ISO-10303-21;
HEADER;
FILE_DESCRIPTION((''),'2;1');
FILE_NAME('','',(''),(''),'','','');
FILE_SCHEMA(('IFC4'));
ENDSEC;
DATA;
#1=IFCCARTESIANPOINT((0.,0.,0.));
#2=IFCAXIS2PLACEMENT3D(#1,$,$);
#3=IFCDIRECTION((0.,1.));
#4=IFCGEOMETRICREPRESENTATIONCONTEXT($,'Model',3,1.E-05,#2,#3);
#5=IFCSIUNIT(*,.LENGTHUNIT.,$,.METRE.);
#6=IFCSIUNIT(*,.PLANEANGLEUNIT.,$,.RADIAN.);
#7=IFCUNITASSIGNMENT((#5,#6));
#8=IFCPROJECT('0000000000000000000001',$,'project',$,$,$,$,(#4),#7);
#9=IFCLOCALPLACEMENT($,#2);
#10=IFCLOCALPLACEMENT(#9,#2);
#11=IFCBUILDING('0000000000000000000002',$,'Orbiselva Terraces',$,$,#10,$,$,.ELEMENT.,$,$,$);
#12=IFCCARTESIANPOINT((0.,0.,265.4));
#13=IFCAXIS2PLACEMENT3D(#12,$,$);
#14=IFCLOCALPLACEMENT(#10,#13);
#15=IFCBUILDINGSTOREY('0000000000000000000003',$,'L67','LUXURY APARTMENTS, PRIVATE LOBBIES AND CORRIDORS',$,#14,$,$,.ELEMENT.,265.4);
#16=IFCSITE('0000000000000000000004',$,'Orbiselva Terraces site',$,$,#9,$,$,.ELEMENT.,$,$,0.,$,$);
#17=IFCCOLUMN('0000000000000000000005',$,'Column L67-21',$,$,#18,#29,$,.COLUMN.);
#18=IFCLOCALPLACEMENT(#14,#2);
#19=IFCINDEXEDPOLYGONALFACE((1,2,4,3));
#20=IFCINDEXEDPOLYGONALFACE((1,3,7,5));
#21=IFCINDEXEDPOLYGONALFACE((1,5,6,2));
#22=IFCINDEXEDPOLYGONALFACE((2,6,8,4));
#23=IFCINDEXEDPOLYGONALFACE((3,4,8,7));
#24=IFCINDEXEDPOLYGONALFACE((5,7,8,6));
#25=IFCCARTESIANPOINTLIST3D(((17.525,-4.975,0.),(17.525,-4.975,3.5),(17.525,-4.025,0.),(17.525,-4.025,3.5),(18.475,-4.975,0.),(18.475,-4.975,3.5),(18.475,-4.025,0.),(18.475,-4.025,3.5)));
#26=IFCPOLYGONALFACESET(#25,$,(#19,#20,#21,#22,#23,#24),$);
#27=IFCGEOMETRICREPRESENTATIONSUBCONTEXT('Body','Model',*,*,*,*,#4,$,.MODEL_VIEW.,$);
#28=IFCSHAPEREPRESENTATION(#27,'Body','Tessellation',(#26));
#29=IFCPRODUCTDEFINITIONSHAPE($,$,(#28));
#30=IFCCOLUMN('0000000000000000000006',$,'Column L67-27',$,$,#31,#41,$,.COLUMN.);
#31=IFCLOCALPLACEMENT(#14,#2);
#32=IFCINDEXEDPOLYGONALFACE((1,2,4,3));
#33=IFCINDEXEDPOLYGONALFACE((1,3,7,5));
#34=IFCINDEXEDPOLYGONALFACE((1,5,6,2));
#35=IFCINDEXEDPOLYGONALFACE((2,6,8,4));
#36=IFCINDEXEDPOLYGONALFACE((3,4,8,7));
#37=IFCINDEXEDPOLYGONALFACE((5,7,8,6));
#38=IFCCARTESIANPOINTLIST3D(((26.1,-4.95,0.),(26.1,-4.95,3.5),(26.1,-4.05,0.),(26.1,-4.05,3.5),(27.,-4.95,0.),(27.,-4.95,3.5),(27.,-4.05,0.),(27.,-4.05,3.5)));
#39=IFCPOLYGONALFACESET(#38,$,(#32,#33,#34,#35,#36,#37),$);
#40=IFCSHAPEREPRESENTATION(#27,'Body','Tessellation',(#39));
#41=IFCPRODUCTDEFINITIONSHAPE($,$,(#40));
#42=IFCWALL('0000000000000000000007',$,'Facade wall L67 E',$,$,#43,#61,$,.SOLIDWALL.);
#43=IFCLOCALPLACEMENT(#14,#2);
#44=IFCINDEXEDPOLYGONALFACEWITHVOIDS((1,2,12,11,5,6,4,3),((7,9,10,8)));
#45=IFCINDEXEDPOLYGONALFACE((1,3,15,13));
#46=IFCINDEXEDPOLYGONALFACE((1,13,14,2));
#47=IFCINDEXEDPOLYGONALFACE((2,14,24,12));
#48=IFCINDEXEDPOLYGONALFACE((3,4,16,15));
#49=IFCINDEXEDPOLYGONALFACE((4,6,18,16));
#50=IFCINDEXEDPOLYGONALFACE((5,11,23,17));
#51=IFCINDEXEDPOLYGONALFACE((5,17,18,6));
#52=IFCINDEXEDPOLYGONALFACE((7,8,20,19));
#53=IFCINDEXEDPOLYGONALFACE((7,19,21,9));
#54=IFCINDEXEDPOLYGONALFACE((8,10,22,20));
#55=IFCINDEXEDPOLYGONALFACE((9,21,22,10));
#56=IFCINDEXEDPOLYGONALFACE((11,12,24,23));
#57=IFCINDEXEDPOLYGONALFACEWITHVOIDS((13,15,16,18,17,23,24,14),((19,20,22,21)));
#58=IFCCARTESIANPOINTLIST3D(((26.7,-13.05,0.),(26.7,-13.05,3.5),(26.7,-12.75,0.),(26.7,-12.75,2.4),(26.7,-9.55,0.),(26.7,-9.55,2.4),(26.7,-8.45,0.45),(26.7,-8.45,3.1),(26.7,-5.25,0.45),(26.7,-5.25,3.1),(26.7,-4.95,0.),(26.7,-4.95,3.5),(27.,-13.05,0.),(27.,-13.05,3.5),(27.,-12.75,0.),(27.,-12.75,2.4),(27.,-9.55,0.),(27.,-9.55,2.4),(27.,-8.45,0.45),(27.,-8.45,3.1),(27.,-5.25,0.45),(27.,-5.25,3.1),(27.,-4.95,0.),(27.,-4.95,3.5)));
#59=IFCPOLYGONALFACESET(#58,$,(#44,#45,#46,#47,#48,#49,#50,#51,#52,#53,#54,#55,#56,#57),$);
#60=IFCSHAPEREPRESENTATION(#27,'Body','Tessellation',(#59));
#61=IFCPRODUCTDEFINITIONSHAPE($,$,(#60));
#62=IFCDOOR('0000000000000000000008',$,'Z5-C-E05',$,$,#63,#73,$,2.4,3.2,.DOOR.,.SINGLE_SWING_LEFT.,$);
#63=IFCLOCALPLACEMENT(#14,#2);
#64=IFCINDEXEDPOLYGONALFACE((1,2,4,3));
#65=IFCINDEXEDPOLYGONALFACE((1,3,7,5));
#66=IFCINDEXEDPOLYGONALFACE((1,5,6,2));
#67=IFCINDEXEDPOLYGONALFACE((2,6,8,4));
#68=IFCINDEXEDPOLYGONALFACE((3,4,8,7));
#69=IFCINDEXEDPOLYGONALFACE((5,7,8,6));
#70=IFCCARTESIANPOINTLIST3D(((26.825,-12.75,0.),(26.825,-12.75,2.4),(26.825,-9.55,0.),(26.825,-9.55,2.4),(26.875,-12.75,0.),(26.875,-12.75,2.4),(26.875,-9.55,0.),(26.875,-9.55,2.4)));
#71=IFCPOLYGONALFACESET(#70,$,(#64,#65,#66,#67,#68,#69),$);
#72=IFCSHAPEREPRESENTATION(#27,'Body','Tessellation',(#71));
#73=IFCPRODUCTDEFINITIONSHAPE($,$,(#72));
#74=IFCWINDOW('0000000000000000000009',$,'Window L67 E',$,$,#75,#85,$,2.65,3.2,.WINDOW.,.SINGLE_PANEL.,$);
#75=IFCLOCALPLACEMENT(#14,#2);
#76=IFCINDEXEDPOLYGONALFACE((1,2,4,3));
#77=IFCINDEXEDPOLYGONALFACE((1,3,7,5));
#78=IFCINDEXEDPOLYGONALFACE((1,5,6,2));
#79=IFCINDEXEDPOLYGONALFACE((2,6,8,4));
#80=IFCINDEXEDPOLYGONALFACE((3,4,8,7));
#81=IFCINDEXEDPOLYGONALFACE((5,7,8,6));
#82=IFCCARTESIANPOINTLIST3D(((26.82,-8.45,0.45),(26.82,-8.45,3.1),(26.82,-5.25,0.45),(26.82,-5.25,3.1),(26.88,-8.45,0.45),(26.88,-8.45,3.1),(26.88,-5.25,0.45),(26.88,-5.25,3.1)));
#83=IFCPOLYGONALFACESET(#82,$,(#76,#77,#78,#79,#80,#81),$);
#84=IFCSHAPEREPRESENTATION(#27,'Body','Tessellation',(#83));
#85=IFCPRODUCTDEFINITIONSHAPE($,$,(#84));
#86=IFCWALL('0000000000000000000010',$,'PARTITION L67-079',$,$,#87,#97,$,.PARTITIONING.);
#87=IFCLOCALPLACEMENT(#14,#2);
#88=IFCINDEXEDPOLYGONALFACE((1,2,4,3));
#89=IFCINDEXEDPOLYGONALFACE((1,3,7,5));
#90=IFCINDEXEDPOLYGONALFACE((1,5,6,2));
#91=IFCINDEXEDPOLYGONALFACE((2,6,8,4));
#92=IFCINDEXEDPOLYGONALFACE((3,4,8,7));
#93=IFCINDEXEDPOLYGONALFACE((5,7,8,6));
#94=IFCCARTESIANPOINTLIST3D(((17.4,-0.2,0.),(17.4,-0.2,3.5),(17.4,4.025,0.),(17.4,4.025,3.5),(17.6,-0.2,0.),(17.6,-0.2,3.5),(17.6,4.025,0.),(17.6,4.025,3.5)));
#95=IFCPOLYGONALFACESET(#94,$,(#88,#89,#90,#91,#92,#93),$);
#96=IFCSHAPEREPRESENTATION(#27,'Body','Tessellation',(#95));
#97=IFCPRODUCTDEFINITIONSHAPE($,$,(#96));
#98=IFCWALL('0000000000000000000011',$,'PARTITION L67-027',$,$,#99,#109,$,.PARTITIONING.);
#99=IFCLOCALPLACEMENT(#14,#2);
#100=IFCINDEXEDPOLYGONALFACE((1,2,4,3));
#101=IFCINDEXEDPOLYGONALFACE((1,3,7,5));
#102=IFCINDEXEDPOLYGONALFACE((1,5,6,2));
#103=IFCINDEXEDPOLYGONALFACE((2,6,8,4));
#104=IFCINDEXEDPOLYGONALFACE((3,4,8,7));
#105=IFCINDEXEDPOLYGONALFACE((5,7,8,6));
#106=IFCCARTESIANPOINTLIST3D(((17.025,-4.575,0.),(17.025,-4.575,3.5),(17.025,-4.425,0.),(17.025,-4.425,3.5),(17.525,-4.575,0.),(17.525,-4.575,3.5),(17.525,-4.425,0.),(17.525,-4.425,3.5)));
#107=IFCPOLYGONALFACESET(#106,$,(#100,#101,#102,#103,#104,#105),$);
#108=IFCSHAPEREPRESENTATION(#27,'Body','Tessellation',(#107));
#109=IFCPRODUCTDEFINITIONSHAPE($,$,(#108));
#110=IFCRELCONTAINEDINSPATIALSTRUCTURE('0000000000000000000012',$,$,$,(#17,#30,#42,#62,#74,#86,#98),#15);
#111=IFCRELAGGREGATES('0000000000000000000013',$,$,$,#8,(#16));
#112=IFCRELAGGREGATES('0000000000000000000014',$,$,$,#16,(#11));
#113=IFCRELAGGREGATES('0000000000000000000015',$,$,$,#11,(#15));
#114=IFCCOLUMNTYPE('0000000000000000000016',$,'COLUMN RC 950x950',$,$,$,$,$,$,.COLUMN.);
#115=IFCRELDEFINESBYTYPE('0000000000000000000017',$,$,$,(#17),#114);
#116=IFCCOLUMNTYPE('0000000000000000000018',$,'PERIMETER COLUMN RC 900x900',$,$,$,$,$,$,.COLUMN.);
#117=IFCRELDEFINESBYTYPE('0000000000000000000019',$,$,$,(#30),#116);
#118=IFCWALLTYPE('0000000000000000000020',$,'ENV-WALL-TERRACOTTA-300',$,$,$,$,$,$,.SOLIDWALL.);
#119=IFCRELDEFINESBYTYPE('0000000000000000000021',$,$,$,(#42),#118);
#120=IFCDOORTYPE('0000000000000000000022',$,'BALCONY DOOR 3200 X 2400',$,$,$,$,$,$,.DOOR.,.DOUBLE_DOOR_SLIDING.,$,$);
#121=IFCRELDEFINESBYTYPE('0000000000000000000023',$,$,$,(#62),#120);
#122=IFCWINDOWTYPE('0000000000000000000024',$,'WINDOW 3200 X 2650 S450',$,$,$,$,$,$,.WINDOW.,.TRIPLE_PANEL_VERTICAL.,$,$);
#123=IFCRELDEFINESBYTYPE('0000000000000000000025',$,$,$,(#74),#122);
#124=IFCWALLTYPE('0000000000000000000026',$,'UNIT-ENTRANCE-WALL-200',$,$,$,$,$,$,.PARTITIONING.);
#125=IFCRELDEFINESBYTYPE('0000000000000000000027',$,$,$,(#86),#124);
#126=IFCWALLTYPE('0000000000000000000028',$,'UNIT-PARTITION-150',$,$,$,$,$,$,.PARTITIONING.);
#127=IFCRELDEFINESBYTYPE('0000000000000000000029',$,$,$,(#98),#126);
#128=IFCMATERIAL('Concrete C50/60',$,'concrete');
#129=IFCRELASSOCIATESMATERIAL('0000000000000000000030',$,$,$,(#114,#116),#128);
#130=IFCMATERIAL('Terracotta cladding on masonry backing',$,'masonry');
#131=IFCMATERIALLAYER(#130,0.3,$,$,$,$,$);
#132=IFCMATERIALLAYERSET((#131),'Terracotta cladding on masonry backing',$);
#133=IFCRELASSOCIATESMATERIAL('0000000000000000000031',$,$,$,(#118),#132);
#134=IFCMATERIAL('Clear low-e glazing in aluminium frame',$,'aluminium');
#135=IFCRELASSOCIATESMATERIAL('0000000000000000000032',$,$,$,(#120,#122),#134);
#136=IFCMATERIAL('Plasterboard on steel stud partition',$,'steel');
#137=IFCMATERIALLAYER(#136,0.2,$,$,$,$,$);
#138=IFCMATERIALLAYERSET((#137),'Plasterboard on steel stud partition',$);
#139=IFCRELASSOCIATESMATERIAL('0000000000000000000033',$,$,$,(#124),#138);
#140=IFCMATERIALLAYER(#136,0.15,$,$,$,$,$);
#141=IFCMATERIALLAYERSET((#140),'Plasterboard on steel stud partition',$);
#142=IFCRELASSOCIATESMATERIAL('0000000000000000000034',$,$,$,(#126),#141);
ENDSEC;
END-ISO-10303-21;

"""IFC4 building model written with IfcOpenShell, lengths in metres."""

from ifc_helpers import new_model, si_unit, direction, frame, frame_2d, origin, origin_2d, place, context, subcontext, project, spatial, rectangle, extrude, material, layer, layer_set, material_profile, profile_set, type_object, element, fill, save


model = new_model("IFC4")

# Units and contexts
model_context = context("Model", 3, precision=1e-05, world=origin(), true_north=direction((0.0, 1.0)))
body_context = subcontext(model_context, "Body", "Model", "MODEL_VIEW")
ifc_project = project(units=[si_unit("LENGTHUNIT", "METRE"), si_unit("PLANEANGLEUNIT", "RADIAN")], contexts=[model_context])

# Site, building, storey
site_placement = place(None, origin())
site = spatial("IfcSite", under=ifc_project, at=site_placement, Name="Orbiselva Terraces site", CompositionType="ELEMENT", RefElevation=0.0)
building_placement = place(site_placement, origin())
building = spatial("IfcBuilding", under=site, at=building_placement, Name="Orbiselva Terraces", CompositionType="ELEMENT")
storey_placement = place(building_placement, frame((0.0, 0.0, 265.4)))
storey = spatial("IfcBuildingStorey", under=building, at=storey_placement, Name="L67", Description="LUXURY APARTMENTS, PRIVATE LOBBIES AND CORRIDORS", CompositionType="ELEMENT", Elevation=265.4)

# Columns
ifc_material_1 = material(Name="Concrete C50/60", Category="concrete")
ifc_material_profile_1 = material_profile(ifc_material_1, rectangle(XDim=0.95, YDim=0.95, at=origin_2d()), Name="RC 950x950")
ifc_profile_set_1 = profile_set([ifc_material_profile_1], Name="Concrete C50/60")
column_type_1 = type_object("IfcColumnType", Name="COLUMN RC 950x950", PredefinedType="COLUMN", material=ifc_profile_set_1)
column_1_placement = place(storey_placement, frame((18.0, -4.5, 0.0), z_axis=(0.0, 0.0, 1.0), x_axis=(1.0, 0.0, 0.0)))
element("IfcColumn", 1, at=column_1_placement, inside=storey, type_object=column_type_1, Name="Column L67-21", PredefinedType="COLUMN", context=body_context, shape_type="SweptSolid", body=[
    extrude(rectangle(XDim=0.95, YDim=0.95, at=origin_2d()), origin(), (0.0, 0.0, 1.0), 3.5),
])
ifc_material_profile_2 = material_profile(ifc_material_1, rectangle(XDim=0.9, YDim=0.9, at=origin_2d()), Name="RC 900x900")
ifc_profile_set_2 = profile_set([ifc_material_profile_2], Name="Concrete C50/60")
column_type_2 = type_object("IfcColumnType", Name="PERIMETER COLUMN RC 900x900", PredefinedType="COLUMN", material=ifc_profile_set_2)
column_2_placement = place(storey_placement, frame((26.55, -4.5, 0.0), z_axis=(0.0, 0.0, 1.0), x_axis=(1.0, 0.0, 0.0)))
element("IfcColumn", 2, at=column_2_placement, inside=storey, type_object=column_type_2, Name="Column L67-27", PredefinedType="COLUMN", context=body_context, shape_type="SweptSolid", body=[
    extrude(rectangle(XDim=0.9, YDim=0.9, at=origin_2d()), origin(), (0.0, 0.0, 1.0), 3.5),
])

# Wall, openings, door, window
ifc_material_2 = material(Name="Terracotta cladding on masonry backing", Category="masonry")
ifc_layer_1 = layer(ifc_material_2, 0.3)
ifc_layer_set_1 = layer_set([ifc_layer_1], Name="Terracotta cladding on masonry backing")
wall_type_1 = type_object("IfcWallType", Name="ENV-WALL-TERRACOTTA-300", PredefinedType="SOLIDWALL", material=ifc_layer_set_1)
wall_1_placement = place(storey_placement, frame((26.85, -4.95, 0.0), z_axis=(0.0, 0.0, 1.0), x_axis=(0.0, -1.0, 0.0)))
wall_1 = element("IfcWall", 3, at=wall_1_placement, inside=storey, type_object=wall_type_1, Name="Facade wall L67 E", PredefinedType="SOLIDWALL", context=body_context, shape_type="SweptSolid", body=[
    extrude(rectangle(XDim=8.1, YDim=0.3, at=frame_2d((4.05, 0.0))), origin(), (0.0, 0.0, 1.0), 3.5),
])
opening_1_placement = place(wall_1_placement, frame((4.6, 0.0, 0.0)))
opening_1 = element("IfcOpeningElement", 4, at=opening_1_placement, cuts=wall_1, PredefinedType="OPENING", context=body_context, shape_type="SweptSolid", body=[
    extrude(rectangle(XDim=3.2, YDim=2.4, at=frame_2d((1.6, 1.2))), frame((0.0, 0.16, 0.0), z_axis=(0.0, -1.0, 0.0), x_axis=(1.0, 0.0, 0.0)), (0.0, 0.0, 1.0), 0.32),
])
opening_2_placement = place(wall_1_placement, frame((0.3, 0.0, 0.45)))
opening_2 = element("IfcOpeningElement", 5, at=opening_2_placement, cuts=wall_1, PredefinedType="OPENING", context=body_context, shape_type="SweptSolid", body=[
    extrude(rectangle(XDim=3.2, YDim=2.65, at=frame_2d((1.6, 1.325))), frame((0.0, 0.16, 0.0), z_axis=(0.0, -1.0, 0.0), x_axis=(1.0, 0.0, 0.0)), (0.0, 0.0, 1.0), 0.32),
])
ifc_material_3 = material(Name="Clear low-e glazing in aluminium frame", Category="aluminium")
door_type_1 = type_object("IfcDoorType", Name="BALCONY DOOR 3200 X 2400", OperationType="DOUBLE_DOOR_SLIDING", PredefinedType="DOOR", material=ifc_material_3)
door_1_placement = place(opening_1_placement, origin())
door_1 = element("IfcDoor", 6, at=door_1_placement, inside=storey, type_object=door_type_1, Name="Z5-C-E05", OperationType="SINGLE_SWING_LEFT", OverallHeight=2.4, OverallWidth=3.2, PredefinedType="DOOR", context=body_context, shape_type="SweptSolid", body=[
    extrude(rectangle(XDim=3.2, YDim=2.4, at=frame_2d((1.6, 1.2))), frame((0.0, 0.025, 0.0), z_axis=(0.0, -1.0, 0.0), x_axis=(1.0, 0.0, 0.0)), (0.0, 0.0, 1.0), 0.05),
])
fill(opening_1, door_1)
window_type = type_object("IfcWindowType", Name="WINDOW 3200 X 2650 S450", PartitioningType="TRIPLE_PANEL_VERTICAL", PredefinedType="WINDOW", material=ifc_material_3)
window_placement = place(opening_2_placement, origin())
window = element("IfcWindow", 7, at=window_placement, inside=storey, type_object=window_type, Name="Window L67 E", OverallHeight=2.65, OverallWidth=3.2, PartitioningType="SINGLE_PANEL", PredefinedType="WINDOW", context=body_context, shape_type="SweptSolid", body=[
    extrude(rectangle(XDim=3.2, YDim=2.65, at=frame_2d((1.6, 1.325))), frame((0.0, 0.03, 0.0), z_axis=(0.0, -1.0, 0.0), x_axis=(1.0, 0.0, 0.0)), (0.0, 0.0, 1.0), 0.06),
])
fill(opening_2, window)

# Walls
ifc_material_4 = material(Name="Plasterboard on steel stud partition", Category="steel")
ifc_layer_2 = layer(ifc_material_4, 0.2)
ifc_layer_set_2 = layer_set([ifc_layer_2], Name="Plasterboard on steel stud partition")
wall_type_2 = type_object("IfcWallType", Name="UNIT-ENTRANCE-WALL-200", PredefinedType="PARTITIONING", material=ifc_layer_set_2)
wall_2_placement = place(storey_placement, frame((17.5, -0.2, 0.0), z_axis=(0.0, 0.0, 1.0), x_axis=(0.0, 1.0, 0.0)))
element("IfcWall", 8, at=wall_2_placement, inside=storey, type_object=wall_type_2, Name="PARTITION L67-079", PredefinedType="PARTITIONING", context=body_context, shape_type="SweptSolid", body=[
    extrude(rectangle(XDim=4.225, YDim=0.2, at=frame_2d((2.1125, 0.0))), origin(), (0.0, 0.0, 1.0), 3.5),
])
ifc_layer_3 = layer(ifc_material_4, 0.15)
ifc_layer_set_3 = layer_set([ifc_layer_3], Name="Plasterboard on steel stud partition")
wall_type_3 = type_object("IfcWallType", Name="UNIT-PARTITION-150", PredefinedType="PARTITIONING", material=ifc_layer_set_3)
wall_3_placement = place(storey_placement, frame((17.025, -4.5, 0.0), z_axis=(0.0, 0.0, 1.0), x_axis=(1.0, 0.0, 0.0)))
element("IfcWall", 9, at=wall_3_placement, inside=storey, type_object=wall_type_3, Name="PARTITION L67-027", PredefinedType="PARTITIONING", context=body_context, shape_type="SweptSolid", body=[
    extrude(rectangle(XDim=0.5, YDim=0.15, at=frame_2d((0.25, 0.0))), origin(), (0.0, 0.0, 1.0), 3.5),
])

save(model, "model.ifc")
